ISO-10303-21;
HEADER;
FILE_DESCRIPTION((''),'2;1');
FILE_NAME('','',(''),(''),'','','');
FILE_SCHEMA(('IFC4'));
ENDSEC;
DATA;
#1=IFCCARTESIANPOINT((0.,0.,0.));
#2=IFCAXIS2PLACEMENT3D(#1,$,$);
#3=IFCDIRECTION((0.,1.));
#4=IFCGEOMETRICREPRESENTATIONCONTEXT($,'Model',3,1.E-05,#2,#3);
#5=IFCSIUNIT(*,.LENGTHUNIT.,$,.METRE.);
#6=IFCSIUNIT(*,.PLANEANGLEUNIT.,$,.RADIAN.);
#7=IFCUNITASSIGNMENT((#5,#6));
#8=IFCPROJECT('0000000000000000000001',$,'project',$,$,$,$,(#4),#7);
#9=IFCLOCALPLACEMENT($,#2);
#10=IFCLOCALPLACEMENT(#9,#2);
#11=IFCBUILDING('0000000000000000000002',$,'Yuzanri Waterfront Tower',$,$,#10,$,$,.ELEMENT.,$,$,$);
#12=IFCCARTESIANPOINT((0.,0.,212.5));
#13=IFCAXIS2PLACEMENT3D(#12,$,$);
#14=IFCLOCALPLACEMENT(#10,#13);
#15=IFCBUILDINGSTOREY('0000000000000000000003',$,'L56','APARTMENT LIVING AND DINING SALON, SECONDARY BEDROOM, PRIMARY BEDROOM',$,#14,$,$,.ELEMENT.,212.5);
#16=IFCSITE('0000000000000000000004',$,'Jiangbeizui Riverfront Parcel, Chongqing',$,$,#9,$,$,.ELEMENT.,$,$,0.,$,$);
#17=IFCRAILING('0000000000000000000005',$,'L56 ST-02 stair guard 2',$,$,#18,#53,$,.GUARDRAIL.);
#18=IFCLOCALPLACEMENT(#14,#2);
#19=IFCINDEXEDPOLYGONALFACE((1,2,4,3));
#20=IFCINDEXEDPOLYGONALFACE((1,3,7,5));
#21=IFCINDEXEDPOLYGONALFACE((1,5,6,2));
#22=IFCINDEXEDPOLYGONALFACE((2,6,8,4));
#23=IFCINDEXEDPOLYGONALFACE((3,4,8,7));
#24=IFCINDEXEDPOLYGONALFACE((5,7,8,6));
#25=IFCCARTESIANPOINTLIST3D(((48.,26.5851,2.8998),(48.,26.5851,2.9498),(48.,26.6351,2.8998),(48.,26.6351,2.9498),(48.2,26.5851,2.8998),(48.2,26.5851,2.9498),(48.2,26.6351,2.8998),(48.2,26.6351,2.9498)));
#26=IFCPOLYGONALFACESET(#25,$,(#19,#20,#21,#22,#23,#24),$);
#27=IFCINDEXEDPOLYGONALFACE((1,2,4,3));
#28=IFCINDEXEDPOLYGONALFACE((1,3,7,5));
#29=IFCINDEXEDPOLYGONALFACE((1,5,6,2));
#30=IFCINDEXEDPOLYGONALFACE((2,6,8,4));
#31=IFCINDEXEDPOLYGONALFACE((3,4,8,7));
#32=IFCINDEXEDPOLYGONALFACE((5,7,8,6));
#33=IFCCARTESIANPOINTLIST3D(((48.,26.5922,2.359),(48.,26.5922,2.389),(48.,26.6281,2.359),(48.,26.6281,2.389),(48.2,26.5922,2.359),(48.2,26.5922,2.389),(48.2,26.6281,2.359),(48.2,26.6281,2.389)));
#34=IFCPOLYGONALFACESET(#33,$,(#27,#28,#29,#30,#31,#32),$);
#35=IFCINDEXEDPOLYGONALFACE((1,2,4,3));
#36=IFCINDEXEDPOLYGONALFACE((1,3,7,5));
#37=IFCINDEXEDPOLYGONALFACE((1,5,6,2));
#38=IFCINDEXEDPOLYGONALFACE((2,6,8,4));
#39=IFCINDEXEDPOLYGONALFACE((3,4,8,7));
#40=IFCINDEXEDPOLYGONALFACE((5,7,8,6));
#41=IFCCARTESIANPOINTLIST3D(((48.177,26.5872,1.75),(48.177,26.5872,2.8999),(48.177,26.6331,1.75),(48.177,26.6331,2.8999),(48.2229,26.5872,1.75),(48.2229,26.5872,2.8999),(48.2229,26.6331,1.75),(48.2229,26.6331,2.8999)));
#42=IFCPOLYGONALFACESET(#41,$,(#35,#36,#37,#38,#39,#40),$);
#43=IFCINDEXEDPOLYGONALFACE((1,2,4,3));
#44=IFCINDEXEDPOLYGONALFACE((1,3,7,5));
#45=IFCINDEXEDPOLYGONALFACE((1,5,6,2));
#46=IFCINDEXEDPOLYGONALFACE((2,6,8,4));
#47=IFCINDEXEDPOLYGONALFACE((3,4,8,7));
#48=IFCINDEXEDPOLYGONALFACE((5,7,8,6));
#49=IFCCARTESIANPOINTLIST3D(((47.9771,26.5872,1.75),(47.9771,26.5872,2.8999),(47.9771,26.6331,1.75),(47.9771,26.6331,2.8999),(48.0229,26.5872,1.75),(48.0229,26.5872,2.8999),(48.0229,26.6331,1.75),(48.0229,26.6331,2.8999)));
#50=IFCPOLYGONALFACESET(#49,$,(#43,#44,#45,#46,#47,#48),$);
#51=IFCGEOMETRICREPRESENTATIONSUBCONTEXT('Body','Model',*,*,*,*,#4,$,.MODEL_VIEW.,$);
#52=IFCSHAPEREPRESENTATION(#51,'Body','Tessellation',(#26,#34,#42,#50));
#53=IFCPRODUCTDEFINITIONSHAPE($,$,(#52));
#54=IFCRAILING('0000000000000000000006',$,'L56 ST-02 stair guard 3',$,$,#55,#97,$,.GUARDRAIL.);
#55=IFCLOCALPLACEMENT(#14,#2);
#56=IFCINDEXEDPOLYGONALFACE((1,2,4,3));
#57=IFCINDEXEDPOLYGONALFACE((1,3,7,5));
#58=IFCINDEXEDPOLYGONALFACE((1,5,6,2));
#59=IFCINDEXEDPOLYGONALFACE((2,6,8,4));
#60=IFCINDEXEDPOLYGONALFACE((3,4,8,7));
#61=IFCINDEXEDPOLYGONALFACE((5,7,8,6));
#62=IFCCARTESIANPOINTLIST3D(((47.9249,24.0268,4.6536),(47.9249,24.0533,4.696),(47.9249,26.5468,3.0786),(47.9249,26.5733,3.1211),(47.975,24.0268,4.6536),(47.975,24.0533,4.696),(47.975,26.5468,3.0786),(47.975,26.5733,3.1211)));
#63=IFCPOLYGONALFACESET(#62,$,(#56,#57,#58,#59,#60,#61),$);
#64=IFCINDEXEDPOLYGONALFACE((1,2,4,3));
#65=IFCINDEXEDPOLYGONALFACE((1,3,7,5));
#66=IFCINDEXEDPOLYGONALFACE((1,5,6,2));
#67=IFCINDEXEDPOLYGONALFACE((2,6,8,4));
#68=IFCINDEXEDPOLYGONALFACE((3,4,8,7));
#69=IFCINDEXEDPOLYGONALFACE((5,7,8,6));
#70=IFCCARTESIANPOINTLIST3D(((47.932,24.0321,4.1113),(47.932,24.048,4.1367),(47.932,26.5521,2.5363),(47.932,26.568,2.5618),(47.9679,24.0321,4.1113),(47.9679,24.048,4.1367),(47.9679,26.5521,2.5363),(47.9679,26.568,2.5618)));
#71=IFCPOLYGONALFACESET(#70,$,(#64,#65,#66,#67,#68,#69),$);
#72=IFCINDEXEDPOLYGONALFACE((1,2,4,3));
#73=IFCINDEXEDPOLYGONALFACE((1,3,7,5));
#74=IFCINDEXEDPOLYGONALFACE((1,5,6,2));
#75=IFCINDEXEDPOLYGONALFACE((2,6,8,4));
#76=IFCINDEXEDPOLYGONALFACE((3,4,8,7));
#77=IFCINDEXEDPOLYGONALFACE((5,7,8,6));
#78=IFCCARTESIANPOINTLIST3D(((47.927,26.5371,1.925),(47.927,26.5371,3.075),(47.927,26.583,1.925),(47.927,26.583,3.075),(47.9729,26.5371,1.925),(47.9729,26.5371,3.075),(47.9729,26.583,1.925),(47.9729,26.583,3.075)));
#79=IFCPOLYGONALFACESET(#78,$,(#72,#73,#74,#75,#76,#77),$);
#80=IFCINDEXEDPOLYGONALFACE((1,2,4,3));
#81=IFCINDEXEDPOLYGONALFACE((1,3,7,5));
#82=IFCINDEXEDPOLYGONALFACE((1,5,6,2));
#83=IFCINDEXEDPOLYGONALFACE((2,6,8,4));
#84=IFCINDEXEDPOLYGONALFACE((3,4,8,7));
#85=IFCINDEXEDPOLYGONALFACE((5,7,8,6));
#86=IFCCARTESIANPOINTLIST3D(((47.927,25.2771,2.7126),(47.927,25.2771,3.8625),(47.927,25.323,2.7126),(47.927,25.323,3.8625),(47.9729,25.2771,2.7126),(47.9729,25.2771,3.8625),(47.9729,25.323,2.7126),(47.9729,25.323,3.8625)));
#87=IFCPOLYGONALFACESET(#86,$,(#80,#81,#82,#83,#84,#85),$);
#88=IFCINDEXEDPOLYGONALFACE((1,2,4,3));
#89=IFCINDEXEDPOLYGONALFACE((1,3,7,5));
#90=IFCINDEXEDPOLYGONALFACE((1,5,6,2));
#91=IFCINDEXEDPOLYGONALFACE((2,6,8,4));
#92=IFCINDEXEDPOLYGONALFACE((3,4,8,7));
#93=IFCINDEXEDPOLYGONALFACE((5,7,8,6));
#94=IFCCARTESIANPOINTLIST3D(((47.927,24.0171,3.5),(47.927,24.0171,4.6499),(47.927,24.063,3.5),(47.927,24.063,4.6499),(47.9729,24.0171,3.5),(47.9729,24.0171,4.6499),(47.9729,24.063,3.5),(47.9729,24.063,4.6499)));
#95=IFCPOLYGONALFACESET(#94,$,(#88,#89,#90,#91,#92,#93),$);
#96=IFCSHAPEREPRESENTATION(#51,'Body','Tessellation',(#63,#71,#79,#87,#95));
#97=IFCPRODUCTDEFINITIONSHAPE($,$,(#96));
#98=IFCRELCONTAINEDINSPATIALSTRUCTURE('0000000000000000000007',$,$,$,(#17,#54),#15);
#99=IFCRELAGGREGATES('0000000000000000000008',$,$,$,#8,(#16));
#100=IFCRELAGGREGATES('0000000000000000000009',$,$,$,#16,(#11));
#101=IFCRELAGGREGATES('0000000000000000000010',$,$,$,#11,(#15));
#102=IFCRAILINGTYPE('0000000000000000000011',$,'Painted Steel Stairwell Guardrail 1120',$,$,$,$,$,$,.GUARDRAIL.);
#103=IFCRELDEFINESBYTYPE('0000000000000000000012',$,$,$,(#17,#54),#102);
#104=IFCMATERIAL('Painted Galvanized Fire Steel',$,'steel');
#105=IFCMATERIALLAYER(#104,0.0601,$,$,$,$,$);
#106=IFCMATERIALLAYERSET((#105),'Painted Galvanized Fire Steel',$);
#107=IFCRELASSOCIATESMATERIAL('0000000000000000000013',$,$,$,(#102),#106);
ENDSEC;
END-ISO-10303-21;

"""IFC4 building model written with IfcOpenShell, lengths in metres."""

from ifc_helpers import new_model, si_unit, direction, frame, origin, origin_2d, place, context, subcontext, project, spatial, rectangle, extrude, source, transform, mapped, material, layer, layer_set, type_object, element, save


model = new_model("IFC4")

# Units and contexts
model_context = context("Model", 3, precision=1e-05, world=origin(), true_north=direction((0.0, 1.0)))
body_context = subcontext(model_context, "Body", "Model", "MODEL_VIEW")
ifc_project = project(units=[si_unit("LENGTHUNIT", "METRE"), si_unit("PLANEANGLEUNIT", "RADIAN")], contexts=[model_context])

# Site, building, storey
site_placement = place(None, origin())
site = spatial("IfcSite", under=ifc_project, at=site_placement, Name="Jiangbeizui Riverfront Parcel, Chongqing", CompositionType="ELEMENT", RefElevation=0.0)
building_placement = place(site_placement, origin())
building = spatial("IfcBuilding", under=site, at=building_placement, Name="Yuzanri Waterfront Tower", CompositionType="ELEMENT")
storey_placement = place(building_placement, frame((0.0, 0.0, 212.5)))
storey = spatial("IfcBuildingStorey", under=building, at=storey_placement, Name="L56", Description="APARTMENT LIVING AND DINING SALON, SECONDARY BEDROOM, PRIMARY BEDROOM", CompositionType="ELEMENT", Elevation=212.5)

# Railings
ifc_material_1 = material(Name="Painted Galvanized Fire Steel", Category="steel")
ifc_layer_1 = layer(ifc_material_1, 0.0601)
ifc_layer_set_1 = layer_set([ifc_layer_1], Name="Painted Galvanized Fire Steel")
railing_type = type_object("IfcRailingType", Name="Painted Steel Stairwell Guardrail 1120", PredefinedType="GUARDRAIL", material=ifc_layer_set_1)
shared_shape_1 = source(origin(), body_context, "Body", "SweptSolid", [
    extrude(rectangle(XDim=0.05, YDim=0.05, at=origin_2d()), frame((0.0, 0.0, 1.1748), z_axis=(-1.0, 0.0, 0.0), x_axis=(0.0, -1.0, 0.0)), (0.0, 0.0, 1.0), 0.2),
    extrude(rectangle(XDim=0.0359, YDim=0.03, at=origin_2d()), frame((0.0, 0.0, 0.624), z_axis=(-1.0, 0.0, 0.0), x_axis=(0.0, -1.0, 0.0)), (0.0, 0.0, 1.0), 0.2),
    extrude(rectangle(XDim=0.0459, YDim=0.0459, at=origin_2d()), origin(), (0.0, 0.0, 1.0), 1.1499),
    extrude(rectangle(XDim=0.0459, YDim=0.0459, at=origin_2d()), frame((-0.2, 0.0, 0.0)), (0.0, 0.0, 1.0), 1.1499),
])
railing_1_placement = place(storey_placement, frame((48.2, 26.6101, 1.75)))
element("IfcRailing", 1, at=railing_1_placement, inside=storey, type_object=railing_type, Name="L56 ST-02 stair guard 2", PredefinedType="GUARDRAIL", context=body_context, shape_type="MappedRepresentation", body=[
    mapped(shared_shape_1, transform((0.0, 0.0, 0.0), scale=1.0)),
])
shared_shape_2 = source(origin(), body_context, "Body", "SweptSolid", [
    extrude(rectangle(XDim=0.05, YDim=0.05, at=origin_2d()), frame((0.0, 0.0, 1.1748), z_axis=(0.0, -0.848008, 0.529984), x_axis=(1.0, 0.0, 0.0)), (0.0, 0.0, 1.0), 2.9717),
    extrude(rectangle(XDim=0.0359, YDim=0.03, at=origin_2d()), frame((0.0, 0.0, 0.624), z_axis=(0.0, -0.848008, 0.529984), x_axis=(1.0, 0.0, 0.0)), (0.0, 0.0, 1.0), 2.9717),
    extrude(rectangle(XDim=0.0459, YDim=0.0459, at=origin_2d()), origin(), (0.0, 0.0, 1.0), 1.1499),
    extrude(rectangle(XDim=0.0459, YDim=0.0459, at=origin_2d()), frame((0.0, -1.26, 0.7876)), (0.0, 0.0, 1.0), 1.1499),
    extrude(rectangle(XDim=0.0459, YDim=0.0459, at=origin_2d()), frame((0.0, -2.52, 1.575)), (0.0, 0.0, 1.0), 1.1499),
])
railing_2_placement = place(storey_placement, frame((47.95, 26.5601, 1.925)))
element("IfcRailing", 2, at=railing_2_placement, inside=storey, type_object=railing_type, Name="L56 ST-02 stair guard 3", PredefinedType="GUARDRAIL", context=body_context, shape_type="MappedRepresentation", body=[
    mapped(shared_shape_2, transform((0.0, 0.0, 0.0), scale=1.0)),
])

save(model, "model.ifc")
